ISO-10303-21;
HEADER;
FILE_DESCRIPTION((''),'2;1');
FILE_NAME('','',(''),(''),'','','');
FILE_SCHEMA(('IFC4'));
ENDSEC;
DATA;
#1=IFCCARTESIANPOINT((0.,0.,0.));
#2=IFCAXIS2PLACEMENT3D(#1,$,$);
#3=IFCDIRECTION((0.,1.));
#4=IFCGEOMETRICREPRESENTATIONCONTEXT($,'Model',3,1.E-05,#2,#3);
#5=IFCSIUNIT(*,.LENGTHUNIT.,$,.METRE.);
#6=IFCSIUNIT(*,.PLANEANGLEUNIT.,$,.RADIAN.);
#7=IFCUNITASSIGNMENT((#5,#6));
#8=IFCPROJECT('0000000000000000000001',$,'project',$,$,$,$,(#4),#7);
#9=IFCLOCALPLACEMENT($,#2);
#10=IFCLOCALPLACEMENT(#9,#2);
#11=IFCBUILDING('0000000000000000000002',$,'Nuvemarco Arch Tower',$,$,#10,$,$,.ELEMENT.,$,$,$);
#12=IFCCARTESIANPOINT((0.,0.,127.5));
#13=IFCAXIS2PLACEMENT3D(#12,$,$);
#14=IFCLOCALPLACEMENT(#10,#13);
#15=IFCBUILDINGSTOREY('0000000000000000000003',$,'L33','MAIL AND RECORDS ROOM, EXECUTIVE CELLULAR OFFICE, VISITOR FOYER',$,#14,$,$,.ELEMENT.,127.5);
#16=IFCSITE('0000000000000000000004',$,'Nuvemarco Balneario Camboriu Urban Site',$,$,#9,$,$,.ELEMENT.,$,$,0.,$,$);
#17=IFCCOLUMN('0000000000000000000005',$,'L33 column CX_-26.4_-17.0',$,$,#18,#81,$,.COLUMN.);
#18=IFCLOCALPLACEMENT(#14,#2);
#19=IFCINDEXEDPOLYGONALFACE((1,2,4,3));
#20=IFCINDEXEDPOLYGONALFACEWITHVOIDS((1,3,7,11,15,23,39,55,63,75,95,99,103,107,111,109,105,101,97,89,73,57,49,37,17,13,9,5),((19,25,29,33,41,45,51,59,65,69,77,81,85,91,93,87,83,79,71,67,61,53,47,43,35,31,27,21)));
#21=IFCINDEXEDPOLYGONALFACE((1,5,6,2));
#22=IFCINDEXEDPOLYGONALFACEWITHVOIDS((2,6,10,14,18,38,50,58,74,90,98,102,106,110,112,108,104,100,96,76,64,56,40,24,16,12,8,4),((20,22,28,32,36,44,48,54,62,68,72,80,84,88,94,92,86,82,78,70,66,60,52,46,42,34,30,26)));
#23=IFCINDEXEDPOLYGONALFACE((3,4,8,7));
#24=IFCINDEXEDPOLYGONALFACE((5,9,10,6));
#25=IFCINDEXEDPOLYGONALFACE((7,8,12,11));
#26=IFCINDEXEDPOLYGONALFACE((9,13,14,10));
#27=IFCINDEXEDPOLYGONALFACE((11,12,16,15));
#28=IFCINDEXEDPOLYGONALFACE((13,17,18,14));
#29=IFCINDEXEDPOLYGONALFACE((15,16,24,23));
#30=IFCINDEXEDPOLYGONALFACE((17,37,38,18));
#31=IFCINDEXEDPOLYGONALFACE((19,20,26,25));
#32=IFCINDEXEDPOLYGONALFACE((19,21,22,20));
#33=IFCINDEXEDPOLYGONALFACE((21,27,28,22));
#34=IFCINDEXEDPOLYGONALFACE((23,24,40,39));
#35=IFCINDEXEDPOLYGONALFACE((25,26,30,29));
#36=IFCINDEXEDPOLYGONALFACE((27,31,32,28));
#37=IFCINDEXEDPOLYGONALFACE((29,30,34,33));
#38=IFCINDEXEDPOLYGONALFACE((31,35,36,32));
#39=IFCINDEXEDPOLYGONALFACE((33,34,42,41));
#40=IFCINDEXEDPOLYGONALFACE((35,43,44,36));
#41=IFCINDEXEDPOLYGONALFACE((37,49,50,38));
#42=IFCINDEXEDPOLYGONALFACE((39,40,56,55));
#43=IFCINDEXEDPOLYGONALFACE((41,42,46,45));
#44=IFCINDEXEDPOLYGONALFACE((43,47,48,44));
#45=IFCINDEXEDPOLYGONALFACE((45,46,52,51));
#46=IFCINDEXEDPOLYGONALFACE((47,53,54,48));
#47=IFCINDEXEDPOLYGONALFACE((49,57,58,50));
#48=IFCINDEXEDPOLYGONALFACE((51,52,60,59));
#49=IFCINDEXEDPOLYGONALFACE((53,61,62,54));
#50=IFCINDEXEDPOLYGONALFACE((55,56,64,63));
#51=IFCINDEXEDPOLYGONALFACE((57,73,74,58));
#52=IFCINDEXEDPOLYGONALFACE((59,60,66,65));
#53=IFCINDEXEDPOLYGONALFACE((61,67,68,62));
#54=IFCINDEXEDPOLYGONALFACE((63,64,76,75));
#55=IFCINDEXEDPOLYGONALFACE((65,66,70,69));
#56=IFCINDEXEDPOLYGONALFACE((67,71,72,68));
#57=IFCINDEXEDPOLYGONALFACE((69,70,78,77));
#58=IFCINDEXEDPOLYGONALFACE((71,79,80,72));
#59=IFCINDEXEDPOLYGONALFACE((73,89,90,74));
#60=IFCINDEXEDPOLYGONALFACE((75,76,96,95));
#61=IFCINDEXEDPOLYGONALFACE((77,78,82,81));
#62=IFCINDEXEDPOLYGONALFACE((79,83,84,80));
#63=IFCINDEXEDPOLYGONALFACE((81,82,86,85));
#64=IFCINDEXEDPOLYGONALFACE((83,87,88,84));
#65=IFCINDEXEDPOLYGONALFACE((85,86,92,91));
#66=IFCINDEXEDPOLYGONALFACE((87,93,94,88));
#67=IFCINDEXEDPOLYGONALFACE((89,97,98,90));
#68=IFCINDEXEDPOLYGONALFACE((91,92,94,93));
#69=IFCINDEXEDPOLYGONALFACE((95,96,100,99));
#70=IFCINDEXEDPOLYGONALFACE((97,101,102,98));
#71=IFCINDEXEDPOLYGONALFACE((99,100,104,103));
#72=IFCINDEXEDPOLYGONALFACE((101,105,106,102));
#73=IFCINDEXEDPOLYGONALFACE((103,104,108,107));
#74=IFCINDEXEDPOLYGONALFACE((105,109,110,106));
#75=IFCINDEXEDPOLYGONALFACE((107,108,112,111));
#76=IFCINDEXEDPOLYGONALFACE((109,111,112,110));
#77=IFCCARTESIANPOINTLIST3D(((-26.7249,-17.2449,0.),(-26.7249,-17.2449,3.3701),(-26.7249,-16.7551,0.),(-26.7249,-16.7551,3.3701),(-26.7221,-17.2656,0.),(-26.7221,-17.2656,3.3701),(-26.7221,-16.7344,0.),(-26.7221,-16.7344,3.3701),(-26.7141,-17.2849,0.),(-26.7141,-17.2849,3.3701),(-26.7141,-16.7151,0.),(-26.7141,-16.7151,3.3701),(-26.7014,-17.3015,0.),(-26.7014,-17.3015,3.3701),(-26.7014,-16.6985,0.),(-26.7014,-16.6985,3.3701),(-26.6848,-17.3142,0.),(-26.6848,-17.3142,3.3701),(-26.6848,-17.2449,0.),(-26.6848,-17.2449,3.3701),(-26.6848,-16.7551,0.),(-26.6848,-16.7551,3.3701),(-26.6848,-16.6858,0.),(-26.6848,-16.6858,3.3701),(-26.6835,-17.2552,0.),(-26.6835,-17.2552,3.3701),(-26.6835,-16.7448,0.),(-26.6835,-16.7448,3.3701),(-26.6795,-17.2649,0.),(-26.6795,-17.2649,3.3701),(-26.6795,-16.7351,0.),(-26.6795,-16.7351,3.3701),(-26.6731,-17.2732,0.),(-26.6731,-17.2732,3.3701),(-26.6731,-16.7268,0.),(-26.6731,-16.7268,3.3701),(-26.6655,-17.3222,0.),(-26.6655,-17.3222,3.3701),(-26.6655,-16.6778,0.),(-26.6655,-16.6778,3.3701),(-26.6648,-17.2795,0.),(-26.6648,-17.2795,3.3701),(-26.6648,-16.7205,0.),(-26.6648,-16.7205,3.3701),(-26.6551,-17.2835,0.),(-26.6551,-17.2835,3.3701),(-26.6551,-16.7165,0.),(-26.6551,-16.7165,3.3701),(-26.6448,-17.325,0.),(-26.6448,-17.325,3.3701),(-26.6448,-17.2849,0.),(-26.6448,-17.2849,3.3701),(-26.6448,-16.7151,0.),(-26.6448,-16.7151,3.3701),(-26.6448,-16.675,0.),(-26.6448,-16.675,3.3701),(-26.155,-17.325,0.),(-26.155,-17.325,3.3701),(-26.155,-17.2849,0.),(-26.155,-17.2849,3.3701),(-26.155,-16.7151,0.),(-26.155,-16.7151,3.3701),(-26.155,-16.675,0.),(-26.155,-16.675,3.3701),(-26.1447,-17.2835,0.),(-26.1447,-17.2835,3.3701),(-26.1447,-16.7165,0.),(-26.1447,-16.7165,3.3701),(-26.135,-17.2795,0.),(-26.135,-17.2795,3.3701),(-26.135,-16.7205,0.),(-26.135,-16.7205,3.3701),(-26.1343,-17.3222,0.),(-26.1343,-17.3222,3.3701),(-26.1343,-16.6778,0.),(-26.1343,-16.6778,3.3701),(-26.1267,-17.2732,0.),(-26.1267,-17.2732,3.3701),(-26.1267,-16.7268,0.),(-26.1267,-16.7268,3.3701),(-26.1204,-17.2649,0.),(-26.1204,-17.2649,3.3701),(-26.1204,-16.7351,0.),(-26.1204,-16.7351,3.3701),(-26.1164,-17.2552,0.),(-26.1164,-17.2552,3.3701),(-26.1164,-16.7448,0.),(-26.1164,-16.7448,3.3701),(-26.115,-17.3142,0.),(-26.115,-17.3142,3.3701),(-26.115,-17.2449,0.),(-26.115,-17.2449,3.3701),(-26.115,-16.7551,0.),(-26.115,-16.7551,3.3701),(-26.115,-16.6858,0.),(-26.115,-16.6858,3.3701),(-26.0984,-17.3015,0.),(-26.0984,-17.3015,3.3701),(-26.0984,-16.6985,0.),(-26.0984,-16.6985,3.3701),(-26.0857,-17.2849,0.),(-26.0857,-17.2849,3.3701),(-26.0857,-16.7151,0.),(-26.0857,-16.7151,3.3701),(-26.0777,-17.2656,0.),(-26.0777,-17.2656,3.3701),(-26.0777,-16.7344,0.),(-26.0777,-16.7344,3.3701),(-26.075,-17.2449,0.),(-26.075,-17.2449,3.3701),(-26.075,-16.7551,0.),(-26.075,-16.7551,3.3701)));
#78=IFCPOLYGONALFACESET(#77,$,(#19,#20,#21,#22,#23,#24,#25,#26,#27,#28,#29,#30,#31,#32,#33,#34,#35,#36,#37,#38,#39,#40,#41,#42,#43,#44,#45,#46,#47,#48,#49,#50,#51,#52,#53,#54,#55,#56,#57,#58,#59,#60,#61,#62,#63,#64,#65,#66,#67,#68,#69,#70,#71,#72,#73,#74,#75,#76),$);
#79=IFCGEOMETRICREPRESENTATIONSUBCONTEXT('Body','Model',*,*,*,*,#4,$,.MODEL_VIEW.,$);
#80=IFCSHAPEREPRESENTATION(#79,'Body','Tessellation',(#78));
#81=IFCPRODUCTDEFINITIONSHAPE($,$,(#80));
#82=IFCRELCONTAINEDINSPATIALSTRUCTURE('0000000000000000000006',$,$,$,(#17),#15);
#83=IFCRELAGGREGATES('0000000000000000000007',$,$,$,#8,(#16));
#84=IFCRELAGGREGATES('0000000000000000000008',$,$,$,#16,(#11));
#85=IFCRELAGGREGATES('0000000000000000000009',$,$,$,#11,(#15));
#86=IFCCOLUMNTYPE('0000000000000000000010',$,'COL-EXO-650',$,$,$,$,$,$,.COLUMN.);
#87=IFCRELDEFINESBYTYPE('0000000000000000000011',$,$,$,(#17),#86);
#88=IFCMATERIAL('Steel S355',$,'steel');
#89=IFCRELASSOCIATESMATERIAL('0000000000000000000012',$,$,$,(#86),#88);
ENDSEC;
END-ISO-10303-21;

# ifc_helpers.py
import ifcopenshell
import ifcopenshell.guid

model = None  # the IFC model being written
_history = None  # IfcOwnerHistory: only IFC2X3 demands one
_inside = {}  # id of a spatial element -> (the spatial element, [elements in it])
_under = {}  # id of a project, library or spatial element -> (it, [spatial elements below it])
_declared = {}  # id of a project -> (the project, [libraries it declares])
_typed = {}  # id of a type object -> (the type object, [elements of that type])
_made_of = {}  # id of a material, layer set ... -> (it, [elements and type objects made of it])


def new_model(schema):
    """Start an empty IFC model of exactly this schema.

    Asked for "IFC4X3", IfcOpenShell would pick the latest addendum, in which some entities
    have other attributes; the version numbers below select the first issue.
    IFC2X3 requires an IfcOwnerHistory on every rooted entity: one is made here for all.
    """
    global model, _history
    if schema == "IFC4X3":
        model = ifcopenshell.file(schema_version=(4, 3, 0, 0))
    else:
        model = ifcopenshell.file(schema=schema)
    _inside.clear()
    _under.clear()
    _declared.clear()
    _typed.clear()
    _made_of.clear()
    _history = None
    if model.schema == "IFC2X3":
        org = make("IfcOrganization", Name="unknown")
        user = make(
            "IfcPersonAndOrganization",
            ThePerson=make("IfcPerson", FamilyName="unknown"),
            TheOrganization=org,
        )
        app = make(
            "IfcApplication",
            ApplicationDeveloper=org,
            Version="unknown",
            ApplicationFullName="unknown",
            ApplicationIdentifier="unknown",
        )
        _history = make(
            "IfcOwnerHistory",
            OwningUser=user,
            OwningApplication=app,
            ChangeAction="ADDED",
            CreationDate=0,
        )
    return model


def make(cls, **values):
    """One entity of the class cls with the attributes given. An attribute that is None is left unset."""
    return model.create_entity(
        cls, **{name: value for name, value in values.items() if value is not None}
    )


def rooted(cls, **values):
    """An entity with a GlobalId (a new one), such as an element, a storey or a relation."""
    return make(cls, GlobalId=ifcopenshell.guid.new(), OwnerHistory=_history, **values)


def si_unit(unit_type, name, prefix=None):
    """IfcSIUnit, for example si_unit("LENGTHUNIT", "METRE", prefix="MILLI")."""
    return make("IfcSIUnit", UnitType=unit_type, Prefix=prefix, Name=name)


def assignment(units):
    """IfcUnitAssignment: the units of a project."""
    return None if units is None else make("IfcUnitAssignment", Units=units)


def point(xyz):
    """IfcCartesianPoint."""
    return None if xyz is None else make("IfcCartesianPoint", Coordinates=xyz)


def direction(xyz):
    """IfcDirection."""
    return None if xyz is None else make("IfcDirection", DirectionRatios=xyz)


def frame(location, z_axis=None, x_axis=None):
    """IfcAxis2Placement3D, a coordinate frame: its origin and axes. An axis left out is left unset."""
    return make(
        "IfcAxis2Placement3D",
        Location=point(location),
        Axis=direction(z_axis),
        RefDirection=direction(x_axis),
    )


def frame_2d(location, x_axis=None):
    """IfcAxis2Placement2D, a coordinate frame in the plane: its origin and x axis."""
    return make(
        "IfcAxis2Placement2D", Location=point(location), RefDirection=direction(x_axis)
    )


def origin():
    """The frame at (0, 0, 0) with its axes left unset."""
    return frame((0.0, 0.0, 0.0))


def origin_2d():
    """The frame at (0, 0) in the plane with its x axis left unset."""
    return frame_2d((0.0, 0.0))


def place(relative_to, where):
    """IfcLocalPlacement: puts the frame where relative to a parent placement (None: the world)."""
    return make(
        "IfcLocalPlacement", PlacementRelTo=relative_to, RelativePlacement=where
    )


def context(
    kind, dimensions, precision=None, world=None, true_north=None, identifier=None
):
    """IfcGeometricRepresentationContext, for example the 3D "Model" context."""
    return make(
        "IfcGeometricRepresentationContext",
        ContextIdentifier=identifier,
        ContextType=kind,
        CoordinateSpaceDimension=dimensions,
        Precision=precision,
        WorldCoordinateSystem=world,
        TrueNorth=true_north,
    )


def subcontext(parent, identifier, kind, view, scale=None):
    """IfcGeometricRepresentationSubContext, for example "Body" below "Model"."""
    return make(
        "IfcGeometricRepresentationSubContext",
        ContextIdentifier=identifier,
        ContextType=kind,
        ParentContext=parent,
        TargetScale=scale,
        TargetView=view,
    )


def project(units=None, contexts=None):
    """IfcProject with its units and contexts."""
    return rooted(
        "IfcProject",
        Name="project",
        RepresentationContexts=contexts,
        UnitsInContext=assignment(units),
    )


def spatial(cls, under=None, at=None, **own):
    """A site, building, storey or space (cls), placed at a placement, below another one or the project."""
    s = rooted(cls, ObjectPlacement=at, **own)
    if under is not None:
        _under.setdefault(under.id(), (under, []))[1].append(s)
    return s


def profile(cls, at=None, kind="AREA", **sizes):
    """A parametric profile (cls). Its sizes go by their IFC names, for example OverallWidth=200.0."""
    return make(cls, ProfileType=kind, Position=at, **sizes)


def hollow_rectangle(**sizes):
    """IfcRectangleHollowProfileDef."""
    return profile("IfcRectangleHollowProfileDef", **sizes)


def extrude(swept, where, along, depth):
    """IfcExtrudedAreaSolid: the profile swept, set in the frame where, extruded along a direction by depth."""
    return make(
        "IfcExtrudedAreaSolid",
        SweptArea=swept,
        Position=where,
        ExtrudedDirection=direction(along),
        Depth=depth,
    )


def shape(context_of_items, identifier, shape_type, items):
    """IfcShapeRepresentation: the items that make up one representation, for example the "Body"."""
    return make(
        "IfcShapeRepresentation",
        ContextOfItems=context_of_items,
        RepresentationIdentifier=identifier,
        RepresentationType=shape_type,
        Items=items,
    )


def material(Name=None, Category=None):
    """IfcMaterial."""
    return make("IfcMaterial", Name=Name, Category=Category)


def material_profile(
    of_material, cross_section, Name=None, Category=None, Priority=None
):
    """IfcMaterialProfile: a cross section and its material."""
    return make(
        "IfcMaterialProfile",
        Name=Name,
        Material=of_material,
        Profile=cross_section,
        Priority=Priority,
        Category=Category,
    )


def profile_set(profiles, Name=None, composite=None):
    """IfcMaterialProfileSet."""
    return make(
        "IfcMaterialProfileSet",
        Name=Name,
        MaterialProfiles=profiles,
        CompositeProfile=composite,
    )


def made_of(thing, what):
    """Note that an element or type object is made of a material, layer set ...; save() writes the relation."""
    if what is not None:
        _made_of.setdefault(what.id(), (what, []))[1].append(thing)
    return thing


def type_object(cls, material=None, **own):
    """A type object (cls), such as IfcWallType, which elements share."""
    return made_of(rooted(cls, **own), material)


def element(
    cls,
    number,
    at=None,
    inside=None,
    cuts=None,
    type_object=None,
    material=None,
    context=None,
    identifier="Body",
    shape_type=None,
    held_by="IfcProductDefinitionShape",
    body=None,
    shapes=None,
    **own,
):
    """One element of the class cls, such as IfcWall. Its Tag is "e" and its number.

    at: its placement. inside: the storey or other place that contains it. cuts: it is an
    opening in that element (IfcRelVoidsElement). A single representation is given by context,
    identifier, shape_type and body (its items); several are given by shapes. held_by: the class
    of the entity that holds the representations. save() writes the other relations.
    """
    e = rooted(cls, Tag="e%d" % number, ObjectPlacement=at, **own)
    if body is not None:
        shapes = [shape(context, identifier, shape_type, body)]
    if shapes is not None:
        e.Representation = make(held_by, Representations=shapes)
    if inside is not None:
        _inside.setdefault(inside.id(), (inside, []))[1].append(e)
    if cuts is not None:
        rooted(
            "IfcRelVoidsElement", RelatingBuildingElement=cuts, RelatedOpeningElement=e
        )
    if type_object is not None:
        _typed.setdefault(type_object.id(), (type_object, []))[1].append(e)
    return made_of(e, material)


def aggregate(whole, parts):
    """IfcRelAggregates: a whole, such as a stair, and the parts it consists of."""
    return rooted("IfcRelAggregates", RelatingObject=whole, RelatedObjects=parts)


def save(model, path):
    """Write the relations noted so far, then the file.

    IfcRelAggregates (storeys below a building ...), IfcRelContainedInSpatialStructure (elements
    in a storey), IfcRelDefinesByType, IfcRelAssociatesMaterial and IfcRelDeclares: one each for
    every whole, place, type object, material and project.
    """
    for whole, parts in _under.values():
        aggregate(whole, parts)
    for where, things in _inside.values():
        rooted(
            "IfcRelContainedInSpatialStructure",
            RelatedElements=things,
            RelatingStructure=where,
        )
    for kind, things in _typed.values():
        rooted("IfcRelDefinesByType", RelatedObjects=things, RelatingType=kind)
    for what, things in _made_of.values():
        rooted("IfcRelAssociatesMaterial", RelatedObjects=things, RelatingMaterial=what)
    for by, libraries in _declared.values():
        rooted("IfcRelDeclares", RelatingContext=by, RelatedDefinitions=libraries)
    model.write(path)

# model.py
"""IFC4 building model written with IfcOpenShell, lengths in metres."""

from ifc_helpers import new_model, si_unit, direction, frame, origin, origin_2d, place, context, subcontext, project, spatial, hollow_rectangle, extrude, material, material_profile, profile_set, type_object, element, save


model = new_model("IFC4")

# Units and contexts
model_context = context("Model", 3, precision=1e-05, world=origin(), true_north=direction((0.0, 1.0)))
body_context = subcontext(model_context, "Body", "Model", "MODEL_VIEW")
ifc_project = project(units=[si_unit("LENGTHUNIT", "METRE"), si_unit("PLANEANGLEUNIT", "RADIAN")], contexts=[model_context])

# Site, building, storey
site_placement = place(None, origin())
site = spatial("IfcSite", under=ifc_project, at=site_placement, Name="Nuvemarco Balneario Camboriu Urban Site", CompositionType="ELEMENT", RefElevation=0.0)
building_placement = place(site_placement, origin())
building = spatial("IfcBuilding", under=site, at=building_placement, Name="Nuvemarco Arch Tower", CompositionType="ELEMENT")
storey_placement = place(building_placement, frame((0.0, 0.0, 127.5)))
storey = spatial("IfcBuildingStorey", under=building, at=storey_placement, Name="L33", Description="MAIL AND RECORDS ROOM, EXECUTIVE CELLULAR OFFICE, VISITOR FOYER", CompositionType="ELEMENT", Elevation=127.5)

# Column
ifc_material_1 = material(Name="Steel S355", Category="steel")
ifc_material_profile = material_profile(ifc_material_1, hollow_rectangle(XDim=0.6499, YDim=0.6499, WallThickness=0.04, InnerFilletRadius=0.04, OuterFilletRadius=0.0801, at=origin_2d()), Name="SHS650x650x40")
ifc_profile_set = profile_set([ifc_material_profile], Name="Steel S355")
column_type = type_object("IfcColumnType", Name="COL-EXO-650", PredefinedType="COLUMN", material=ifc_profile_set)
column_placement = place(storey_placement, frame((-26.3999, -17.0, 0.0), z_axis=(0.0, 0.0, 1.0), x_axis=(1.0, 0.0, 0.0)))
element("IfcColumn", 1, at=column_placement, inside=storey, type_object=column_type, Name="L33 column CX_-26.4_-17.0", PredefinedType="COLUMN", context=body_context, shape_type="SweptSolid", body=[
    extrude(hollow_rectangle(XDim=0.6499, YDim=0.6499, WallThickness=0.04, InnerFilletRadius=0.04, OuterFilletRadius=0.0801, at=origin_2d()), origin(), (0.0, 0.0, 1.0), 3.3701),
])

save(model, "model.ifc")
